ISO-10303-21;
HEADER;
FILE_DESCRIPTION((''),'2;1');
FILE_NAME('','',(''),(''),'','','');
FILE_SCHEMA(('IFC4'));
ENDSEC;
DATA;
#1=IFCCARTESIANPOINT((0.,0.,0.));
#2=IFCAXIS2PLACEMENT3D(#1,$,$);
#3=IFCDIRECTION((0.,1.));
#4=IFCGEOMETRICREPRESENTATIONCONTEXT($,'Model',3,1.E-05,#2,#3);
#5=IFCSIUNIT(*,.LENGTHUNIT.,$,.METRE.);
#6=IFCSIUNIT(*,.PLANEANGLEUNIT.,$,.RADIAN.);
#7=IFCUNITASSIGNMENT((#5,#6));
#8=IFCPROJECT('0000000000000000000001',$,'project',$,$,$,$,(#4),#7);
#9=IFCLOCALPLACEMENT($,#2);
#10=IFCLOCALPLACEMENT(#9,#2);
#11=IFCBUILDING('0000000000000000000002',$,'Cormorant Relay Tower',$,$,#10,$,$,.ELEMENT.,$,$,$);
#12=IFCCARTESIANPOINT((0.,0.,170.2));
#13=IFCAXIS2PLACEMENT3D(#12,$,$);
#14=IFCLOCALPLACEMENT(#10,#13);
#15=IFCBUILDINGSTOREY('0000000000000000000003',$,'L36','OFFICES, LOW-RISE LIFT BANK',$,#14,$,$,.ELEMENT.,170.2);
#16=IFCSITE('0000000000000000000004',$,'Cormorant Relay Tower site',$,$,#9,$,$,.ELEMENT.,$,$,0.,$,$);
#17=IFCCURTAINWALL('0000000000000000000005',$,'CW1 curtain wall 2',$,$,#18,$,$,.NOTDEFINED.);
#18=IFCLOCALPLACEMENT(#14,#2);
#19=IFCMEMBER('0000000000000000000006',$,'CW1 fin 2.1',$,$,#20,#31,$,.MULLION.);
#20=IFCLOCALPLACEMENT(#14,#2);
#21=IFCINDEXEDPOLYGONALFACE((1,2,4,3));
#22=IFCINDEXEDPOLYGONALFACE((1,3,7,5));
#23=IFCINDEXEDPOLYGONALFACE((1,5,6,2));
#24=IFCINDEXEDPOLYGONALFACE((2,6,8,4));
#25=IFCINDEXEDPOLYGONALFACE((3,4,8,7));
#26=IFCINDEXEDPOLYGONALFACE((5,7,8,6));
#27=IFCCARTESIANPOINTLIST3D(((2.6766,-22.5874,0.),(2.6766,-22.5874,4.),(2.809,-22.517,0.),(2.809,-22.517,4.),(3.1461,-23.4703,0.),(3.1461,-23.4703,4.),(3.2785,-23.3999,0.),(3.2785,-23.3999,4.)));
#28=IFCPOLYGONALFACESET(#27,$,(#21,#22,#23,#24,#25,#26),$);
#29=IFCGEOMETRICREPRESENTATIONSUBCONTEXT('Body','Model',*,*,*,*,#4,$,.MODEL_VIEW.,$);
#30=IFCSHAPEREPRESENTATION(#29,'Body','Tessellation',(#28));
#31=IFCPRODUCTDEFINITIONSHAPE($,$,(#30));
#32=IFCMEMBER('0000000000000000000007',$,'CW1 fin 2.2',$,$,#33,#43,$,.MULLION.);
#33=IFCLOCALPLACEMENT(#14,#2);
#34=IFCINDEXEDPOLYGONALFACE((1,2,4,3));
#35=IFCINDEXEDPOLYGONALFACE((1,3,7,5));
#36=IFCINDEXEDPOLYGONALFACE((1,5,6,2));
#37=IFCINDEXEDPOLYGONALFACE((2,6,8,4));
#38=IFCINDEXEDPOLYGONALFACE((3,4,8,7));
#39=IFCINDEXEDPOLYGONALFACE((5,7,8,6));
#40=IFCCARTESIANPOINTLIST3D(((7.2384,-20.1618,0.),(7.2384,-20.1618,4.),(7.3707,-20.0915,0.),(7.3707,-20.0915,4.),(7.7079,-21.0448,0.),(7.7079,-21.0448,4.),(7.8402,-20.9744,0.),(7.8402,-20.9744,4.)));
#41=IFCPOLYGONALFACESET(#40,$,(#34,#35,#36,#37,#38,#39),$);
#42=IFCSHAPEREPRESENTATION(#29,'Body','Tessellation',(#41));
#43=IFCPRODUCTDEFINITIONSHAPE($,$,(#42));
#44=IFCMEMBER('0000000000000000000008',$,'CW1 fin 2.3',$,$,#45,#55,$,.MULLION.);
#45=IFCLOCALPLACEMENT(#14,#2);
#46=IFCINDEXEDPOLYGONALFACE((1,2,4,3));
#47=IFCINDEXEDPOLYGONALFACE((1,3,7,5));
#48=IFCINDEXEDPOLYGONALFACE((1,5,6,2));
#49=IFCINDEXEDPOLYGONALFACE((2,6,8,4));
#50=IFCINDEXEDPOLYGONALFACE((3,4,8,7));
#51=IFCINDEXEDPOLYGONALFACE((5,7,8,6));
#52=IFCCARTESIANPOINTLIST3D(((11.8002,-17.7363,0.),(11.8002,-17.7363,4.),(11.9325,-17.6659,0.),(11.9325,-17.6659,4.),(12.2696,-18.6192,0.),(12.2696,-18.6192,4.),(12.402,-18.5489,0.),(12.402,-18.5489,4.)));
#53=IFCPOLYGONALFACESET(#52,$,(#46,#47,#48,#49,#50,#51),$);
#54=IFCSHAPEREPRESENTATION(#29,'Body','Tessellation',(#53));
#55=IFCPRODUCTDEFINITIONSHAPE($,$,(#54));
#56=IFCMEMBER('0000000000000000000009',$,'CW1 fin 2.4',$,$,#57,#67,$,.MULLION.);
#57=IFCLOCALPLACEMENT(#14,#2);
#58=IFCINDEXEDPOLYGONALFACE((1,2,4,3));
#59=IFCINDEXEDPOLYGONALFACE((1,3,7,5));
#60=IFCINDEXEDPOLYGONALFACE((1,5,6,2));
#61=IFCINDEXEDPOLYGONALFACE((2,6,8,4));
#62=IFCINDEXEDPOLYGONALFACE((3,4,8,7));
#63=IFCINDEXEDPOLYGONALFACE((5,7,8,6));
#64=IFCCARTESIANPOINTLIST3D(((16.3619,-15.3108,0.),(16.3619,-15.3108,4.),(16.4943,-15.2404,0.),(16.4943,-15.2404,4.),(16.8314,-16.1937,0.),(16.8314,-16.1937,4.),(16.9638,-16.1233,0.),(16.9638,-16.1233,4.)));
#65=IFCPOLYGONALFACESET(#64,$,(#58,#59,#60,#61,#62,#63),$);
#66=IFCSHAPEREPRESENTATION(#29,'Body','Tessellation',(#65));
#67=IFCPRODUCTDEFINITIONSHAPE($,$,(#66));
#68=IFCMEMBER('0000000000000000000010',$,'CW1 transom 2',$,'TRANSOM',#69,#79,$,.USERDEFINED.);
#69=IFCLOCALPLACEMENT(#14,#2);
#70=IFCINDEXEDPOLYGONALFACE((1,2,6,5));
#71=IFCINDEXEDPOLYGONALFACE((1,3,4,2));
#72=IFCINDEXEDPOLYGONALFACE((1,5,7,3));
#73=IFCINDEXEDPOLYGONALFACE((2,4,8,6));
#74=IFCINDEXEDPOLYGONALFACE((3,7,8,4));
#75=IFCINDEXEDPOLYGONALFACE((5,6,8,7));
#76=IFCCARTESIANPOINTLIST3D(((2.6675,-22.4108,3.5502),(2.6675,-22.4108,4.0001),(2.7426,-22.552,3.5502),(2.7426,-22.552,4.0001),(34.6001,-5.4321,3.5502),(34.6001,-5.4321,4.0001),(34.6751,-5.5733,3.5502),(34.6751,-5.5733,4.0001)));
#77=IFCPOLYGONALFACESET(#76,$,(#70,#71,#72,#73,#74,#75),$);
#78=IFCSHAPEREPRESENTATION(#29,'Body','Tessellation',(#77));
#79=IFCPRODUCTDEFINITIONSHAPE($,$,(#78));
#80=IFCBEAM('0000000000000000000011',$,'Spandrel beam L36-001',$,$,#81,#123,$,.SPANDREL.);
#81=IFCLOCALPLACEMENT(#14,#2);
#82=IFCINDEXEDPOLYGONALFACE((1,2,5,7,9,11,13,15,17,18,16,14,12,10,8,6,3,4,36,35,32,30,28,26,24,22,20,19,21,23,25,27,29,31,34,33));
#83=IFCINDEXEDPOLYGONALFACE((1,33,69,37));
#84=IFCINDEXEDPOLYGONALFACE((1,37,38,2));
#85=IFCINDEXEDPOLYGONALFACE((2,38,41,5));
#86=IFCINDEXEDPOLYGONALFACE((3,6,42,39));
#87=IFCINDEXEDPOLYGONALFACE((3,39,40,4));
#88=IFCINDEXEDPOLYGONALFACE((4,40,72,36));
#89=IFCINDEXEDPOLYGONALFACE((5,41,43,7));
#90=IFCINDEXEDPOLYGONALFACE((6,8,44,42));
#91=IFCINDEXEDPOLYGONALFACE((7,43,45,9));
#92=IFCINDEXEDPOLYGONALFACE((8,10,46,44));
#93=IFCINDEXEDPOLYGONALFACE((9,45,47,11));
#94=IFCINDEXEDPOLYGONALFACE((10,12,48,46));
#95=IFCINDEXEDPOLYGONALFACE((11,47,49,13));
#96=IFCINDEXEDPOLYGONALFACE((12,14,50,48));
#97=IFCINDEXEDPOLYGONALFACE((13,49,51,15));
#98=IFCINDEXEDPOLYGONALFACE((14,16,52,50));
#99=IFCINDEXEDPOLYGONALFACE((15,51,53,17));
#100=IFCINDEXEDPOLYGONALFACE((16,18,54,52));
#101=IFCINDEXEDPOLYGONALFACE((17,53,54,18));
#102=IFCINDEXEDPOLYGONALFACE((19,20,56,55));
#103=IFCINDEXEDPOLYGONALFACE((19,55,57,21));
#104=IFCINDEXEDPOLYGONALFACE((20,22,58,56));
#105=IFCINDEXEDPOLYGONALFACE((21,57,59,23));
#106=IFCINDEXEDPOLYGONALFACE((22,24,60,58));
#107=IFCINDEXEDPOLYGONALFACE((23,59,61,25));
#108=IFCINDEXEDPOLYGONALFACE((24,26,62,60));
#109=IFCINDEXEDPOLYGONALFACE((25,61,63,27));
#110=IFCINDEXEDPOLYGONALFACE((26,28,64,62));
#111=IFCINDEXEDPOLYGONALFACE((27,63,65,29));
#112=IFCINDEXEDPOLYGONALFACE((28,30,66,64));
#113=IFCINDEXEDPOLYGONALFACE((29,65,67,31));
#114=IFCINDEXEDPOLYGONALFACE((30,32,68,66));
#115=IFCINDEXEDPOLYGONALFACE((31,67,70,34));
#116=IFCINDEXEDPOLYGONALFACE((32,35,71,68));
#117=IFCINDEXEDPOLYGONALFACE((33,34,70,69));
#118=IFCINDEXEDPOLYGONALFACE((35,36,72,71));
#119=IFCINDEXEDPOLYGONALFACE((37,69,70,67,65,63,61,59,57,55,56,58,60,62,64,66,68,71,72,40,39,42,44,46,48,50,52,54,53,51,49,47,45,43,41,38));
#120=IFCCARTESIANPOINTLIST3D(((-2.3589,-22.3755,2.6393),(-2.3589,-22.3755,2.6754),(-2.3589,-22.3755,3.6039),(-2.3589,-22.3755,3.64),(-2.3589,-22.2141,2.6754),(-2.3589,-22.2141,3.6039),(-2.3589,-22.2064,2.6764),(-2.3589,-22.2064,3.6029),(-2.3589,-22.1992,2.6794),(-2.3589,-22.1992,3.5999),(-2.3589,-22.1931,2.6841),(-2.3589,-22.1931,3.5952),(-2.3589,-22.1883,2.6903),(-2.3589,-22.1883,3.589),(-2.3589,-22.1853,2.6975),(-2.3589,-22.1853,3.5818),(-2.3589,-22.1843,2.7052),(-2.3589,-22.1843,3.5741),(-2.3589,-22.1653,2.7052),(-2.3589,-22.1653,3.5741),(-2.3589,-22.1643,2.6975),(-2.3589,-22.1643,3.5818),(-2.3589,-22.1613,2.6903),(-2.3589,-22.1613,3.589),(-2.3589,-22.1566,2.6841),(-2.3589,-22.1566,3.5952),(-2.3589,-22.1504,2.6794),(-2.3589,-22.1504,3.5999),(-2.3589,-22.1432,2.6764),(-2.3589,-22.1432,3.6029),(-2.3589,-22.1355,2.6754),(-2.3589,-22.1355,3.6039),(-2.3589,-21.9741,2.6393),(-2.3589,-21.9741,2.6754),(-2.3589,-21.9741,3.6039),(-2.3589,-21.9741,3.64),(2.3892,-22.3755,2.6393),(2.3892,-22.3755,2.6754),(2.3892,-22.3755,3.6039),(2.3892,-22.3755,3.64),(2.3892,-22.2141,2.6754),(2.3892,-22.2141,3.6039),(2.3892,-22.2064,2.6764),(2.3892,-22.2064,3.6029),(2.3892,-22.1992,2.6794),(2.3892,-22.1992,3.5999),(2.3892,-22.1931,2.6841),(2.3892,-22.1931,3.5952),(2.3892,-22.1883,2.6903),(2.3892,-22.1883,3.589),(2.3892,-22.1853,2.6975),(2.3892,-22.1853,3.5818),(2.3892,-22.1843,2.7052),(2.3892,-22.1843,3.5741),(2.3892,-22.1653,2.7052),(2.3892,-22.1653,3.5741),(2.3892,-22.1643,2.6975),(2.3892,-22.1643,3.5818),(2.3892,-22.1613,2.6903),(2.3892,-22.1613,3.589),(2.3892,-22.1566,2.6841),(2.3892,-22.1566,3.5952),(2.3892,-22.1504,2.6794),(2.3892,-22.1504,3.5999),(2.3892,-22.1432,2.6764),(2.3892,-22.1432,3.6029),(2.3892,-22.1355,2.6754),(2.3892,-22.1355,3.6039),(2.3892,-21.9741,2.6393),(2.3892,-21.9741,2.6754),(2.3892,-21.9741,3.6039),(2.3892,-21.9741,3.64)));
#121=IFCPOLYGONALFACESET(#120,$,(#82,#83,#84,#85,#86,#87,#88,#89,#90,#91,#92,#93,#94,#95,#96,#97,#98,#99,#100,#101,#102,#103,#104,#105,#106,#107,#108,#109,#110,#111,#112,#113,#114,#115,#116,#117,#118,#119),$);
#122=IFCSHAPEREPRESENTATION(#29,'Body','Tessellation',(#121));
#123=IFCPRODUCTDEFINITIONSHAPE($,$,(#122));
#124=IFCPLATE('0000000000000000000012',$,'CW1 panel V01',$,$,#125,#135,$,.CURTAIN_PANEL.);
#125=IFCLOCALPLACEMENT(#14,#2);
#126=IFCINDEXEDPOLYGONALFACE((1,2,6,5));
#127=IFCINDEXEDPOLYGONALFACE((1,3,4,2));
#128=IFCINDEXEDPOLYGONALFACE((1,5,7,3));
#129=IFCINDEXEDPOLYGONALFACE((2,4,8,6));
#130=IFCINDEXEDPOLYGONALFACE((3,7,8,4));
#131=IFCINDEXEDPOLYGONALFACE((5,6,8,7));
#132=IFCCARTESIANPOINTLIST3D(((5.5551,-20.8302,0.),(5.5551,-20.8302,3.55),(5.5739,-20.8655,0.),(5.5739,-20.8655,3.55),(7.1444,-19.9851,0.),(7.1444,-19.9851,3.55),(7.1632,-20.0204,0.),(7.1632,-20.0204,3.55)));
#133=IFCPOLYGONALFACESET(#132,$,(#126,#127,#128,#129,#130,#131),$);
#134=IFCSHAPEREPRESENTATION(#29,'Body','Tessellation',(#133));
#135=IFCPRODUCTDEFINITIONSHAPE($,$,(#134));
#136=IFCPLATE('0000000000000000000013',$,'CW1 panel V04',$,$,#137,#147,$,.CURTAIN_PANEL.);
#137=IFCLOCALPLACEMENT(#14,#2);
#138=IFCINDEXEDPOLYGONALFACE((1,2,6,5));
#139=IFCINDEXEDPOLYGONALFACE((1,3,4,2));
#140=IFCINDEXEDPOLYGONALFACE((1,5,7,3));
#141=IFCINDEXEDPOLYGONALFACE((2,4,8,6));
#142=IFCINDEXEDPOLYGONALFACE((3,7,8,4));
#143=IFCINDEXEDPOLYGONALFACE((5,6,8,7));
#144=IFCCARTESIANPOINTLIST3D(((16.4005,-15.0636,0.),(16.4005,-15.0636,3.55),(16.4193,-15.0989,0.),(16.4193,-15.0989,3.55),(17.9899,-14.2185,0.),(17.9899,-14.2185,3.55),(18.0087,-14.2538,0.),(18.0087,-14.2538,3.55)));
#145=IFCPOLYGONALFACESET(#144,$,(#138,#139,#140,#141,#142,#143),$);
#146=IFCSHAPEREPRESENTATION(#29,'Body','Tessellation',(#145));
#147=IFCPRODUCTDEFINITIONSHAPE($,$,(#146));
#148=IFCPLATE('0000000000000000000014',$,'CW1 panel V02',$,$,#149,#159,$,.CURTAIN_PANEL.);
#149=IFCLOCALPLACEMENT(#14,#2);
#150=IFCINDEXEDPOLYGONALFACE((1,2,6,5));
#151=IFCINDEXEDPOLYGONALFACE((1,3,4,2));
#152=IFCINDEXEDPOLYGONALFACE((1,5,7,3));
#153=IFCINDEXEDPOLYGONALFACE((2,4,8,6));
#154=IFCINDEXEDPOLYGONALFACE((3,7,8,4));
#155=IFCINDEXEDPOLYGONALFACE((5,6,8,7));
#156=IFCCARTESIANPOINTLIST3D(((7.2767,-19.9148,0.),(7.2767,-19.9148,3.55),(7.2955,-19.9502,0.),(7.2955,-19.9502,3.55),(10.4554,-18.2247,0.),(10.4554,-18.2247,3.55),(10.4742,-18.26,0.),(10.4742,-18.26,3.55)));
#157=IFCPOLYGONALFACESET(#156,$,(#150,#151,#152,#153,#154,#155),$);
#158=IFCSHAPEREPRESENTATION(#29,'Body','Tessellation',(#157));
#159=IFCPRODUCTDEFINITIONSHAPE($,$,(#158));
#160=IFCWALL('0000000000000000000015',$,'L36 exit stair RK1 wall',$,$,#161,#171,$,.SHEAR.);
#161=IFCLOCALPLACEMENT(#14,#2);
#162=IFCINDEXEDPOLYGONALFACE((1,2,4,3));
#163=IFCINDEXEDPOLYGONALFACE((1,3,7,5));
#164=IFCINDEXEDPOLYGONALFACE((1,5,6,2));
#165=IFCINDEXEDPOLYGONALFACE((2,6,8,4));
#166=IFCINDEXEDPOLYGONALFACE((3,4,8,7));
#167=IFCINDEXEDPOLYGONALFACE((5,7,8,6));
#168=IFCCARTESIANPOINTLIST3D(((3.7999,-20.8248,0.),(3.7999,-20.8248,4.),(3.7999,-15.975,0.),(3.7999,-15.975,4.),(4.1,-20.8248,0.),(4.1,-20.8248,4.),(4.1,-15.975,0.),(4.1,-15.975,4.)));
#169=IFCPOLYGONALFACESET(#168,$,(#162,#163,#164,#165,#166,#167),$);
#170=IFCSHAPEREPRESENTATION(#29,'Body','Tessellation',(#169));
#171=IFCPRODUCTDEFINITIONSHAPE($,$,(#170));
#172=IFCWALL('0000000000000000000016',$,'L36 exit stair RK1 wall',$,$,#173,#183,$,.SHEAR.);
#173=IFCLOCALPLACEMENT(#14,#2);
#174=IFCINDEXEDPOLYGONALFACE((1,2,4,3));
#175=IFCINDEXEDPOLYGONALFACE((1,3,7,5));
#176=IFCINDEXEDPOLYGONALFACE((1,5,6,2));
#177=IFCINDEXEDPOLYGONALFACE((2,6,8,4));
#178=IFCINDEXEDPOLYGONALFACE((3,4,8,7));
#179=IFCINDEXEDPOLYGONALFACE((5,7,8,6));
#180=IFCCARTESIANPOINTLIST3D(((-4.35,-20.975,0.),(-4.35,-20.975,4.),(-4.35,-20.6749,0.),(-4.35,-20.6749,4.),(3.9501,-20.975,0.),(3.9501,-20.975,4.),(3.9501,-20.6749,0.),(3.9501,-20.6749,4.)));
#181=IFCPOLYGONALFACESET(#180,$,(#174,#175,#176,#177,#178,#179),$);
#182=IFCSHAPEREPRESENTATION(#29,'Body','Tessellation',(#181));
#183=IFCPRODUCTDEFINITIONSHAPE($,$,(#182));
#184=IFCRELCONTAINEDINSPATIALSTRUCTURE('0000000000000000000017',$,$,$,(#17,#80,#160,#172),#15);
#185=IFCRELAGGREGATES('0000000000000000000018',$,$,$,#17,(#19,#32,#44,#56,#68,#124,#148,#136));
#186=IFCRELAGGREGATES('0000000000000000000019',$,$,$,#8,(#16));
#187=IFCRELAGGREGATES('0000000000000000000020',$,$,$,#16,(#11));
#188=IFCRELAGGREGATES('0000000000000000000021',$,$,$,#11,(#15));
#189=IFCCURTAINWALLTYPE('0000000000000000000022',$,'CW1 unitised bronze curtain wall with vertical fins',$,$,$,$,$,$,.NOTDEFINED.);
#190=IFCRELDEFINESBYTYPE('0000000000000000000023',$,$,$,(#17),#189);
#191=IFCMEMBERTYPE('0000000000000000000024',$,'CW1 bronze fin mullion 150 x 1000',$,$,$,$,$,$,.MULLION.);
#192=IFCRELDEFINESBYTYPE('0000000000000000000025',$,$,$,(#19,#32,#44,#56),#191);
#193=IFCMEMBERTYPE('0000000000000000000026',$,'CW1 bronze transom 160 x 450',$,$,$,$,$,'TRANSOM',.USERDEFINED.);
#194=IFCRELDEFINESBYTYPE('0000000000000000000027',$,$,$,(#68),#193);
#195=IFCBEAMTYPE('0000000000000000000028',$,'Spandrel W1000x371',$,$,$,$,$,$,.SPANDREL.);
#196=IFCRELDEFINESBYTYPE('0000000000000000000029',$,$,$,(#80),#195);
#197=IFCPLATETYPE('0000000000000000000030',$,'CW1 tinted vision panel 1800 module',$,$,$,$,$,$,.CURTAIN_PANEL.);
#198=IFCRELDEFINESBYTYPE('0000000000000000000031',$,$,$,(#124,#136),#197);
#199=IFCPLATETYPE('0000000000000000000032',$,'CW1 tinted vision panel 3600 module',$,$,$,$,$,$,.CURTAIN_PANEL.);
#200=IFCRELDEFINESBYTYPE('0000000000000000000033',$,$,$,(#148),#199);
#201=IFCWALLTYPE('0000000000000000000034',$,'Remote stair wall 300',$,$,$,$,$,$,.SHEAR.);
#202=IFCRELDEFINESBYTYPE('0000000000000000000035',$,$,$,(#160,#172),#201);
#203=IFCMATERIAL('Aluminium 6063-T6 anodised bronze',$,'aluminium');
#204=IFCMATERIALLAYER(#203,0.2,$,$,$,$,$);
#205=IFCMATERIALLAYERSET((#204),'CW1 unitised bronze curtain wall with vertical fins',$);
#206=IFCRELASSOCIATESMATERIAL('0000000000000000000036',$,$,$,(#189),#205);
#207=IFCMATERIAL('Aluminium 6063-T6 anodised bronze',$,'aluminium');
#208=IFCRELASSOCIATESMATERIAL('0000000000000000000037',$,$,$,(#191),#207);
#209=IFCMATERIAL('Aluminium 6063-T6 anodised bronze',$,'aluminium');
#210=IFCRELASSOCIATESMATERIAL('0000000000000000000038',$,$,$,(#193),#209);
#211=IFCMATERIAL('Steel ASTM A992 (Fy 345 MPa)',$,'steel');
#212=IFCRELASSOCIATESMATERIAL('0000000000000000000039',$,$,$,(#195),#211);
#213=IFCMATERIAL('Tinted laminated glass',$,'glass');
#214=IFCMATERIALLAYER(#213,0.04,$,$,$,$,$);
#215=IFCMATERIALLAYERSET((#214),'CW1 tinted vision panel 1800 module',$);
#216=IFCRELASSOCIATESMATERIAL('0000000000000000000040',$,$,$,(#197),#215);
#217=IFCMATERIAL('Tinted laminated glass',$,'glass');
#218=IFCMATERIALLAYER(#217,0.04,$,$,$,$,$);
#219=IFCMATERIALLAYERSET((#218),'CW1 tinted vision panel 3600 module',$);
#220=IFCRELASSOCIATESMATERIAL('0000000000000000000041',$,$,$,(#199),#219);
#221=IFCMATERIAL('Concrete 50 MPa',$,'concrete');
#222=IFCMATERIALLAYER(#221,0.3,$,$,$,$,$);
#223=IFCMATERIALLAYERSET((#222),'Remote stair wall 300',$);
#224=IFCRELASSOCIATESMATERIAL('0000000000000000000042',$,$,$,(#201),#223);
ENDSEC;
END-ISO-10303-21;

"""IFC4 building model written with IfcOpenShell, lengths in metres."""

from ifc_helpers import new_model, si_unit, direction, frame, frame_2d, origin, origin_2d, place, context, subcontext, project, spatial, rectangle, i_section, extrude, material, layer, layer_set, material_profile, profile_set, type_object, element, aggregate, save


model = new_model("IFC4")

# Units and contexts
model_context = context("Model", 3, precision=1e-05, world=origin(), true_north=direction((0.0, 1.0)))
body_context = subcontext(model_context, "Body", "Model", "MODEL_VIEW")
ifc_project = project(units=[si_unit("LENGTHUNIT", "METRE"), si_unit("PLANEANGLEUNIT", "RADIAN")], contexts=[model_context])

# Site, building, storey
site_placement = place(None, origin())
site = spatial("IfcSite", under=ifc_project, at=site_placement, Name="Cormorant Relay Tower site", CompositionType="ELEMENT", RefElevation=0.0)
building_placement = place(site_placement, origin())
building = spatial("IfcBuilding", under=site, at=building_placement, Name="Cormorant Relay Tower", CompositionType="ELEMENT")
storey_placement = place(building_placement, frame((0.0, 0.0, 170.2)))
storey = spatial("IfcBuildingStorey", under=building, at=storey_placement, Name="L36", Description="OFFICES, LOW-RISE LIFT BANK", CompositionType="ELEMENT", Elevation=170.2)

# Curtain wall, members
ifc_material_1 = material(Name="Aluminium 6063-T6 anodised bronze", Category="aluminium")
ifc_layer_1 = layer(ifc_material_1, 0.2)
ifc_layer_set_1 = layer_set([ifc_layer_1], Name="CW1 unitised bronze curtain wall with vertical fins")
curtain_wall_type = type_object("IfcCurtainWallType", Name="CW1 unitised bronze curtain wall with vertical fins", PredefinedType="NOTDEFINED", material=ifc_layer_set_1)
curtain_wall_1_placement = place(storey_placement, origin())
curtain_wall_1 = element("IfcCurtainWall", 1, at=curtain_wall_1_placement, inside=storey, type_object=curtain_wall_type, Name="CW1 curtain wall 2", PredefinedType="NOTDEFINED")
ifc_material_2 = material(Name="Aluminium 6063-T6 anodised bronze", Category="aluminium")
ifc_material_profile_1 = material_profile(ifc_material_2, rectangle(XDim=0.1499, YDim=1.0, at=origin_2d()), Name="AL 150x1000")
ifc_profile_set_1 = profile_set([ifc_material_profile_1], Name="Aluminium 6063-T6 anodised bronze")
member_type_1 = type_object("IfcMemberType", Name="CW1 bronze fin mullion 150 x 1000", PredefinedType="MULLION", material=ifc_profile_set_1)
member_1_placement = place(storey_placement, frame((2.9775, -22.9937, 0.0), z_axis=(0.0, 0.0, 1.0), x_axis=(0.882948, 0.469472, 0.0)))
member_1 = element("IfcMember", 2, at=member_1_placement, type_object=member_type_1, Name="CW1 fin 2.1", PredefinedType="MULLION", context=body_context, shape_type="SweptSolid", body=[
    extrude(rectangle(XDim=0.1499, YDim=1.0, at=origin_2d()), origin(), (0.0, 0.0, 1.0), 4.0),
])
member_2_placement = place(storey_placement, frame((7.5393, -20.5681, 0.0), z_axis=(0.0, 0.0, 1.0), x_axis=(0.882948, 0.469472, 0.0)))
member_2 = element("IfcMember", 3, at=member_2_placement, type_object=member_type_1, Name="CW1 fin 2.2", PredefinedType="MULLION", context=body_context, shape_type="SweptSolid", body=[
    extrude(rectangle(XDim=0.1499, YDim=1.0, at=origin_2d()), origin(), (0.0, 0.0, 1.0), 4.0),
])
member_3_placement = place(storey_placement, frame((12.1011, -18.1426, 0.0), z_axis=(0.0, 0.0, 1.0), x_axis=(0.882948, 0.469472, 0.0)))
member_3 = element("IfcMember", 4, at=member_3_placement, type_object=member_type_1, Name="CW1 fin 2.3", PredefinedType="MULLION", context=body_context, shape_type="SweptSolid", body=[
    extrude(rectangle(XDim=0.1499, YDim=1.0, at=origin_2d()), origin(), (0.0, 0.0, 1.0), 4.0),
])
member_4_placement = place(storey_placement, frame((16.6628, -15.717, 0.0), z_axis=(0.0, 0.0, 1.0), x_axis=(0.882948, 0.469472, 0.0)))
member_4 = element("IfcMember", 5, at=member_4_placement, type_object=member_type_1, Name="CW1 fin 2.4", PredefinedType="MULLION", context=body_context, shape_type="SweptSolid", body=[
    extrude(rectangle(XDim=0.1499, YDim=1.0, at=origin_2d()), origin(), (0.0, 0.0, 1.0), 4.0),
])
ifc_material_3 = material(Name="Aluminium 6063-T6 anodised bronze", Category="aluminium")
ifc_material_profile_2 = material_profile(ifc_material_3, rectangle(XDim=0.1599, YDim=0.45, at=origin_2d()), Name="AL 160x450")
ifc_profile_set_2 = profile_set([ifc_material_profile_2], Name="Aluminium 6063-T6 anodised bronze")
member_type_2 = type_object("IfcMemberType", Name="CW1 bronze transom 160 x 450", ElementType="TRANSOM", PredefinedType="USERDEFINED", material=ifc_profile_set_2)
member_5_placement = place(storey_placement, frame((2.7051, -22.4814, 3.7751), z_axis=(0.882949, 0.469469, 0.0), x_axis=(-0.469469, 0.882949, 0.0)))
member_5 = element("IfcMember", 6, at=member_5_placement, type_object=member_type_2, Name="CW1 transom 2", ObjectType="TRANSOM", PredefinedType="USERDEFINED", context=body_context, shape_type="SweptSolid", body=[
    extrude(rectangle(XDim=0.1599, YDim=0.45, at=origin_2d()), origin(), (0.0, 0.0, 1.0), 36.1658),
])

# Beam
ifc_material_4 = material(Name="Steel ASTM A992 (Fy 345 MPa)", Category="steel")
ifc_material_profile_3 = material_profile(ifc_material_4, i_section(OverallWidth=0.4014, OverallDepth=1.0007, WebThickness=0.019, FlangeThickness=0.0361, FilletRadius=0.0298, at=origin_2d()), Name="W1000x371")
ifc_profile_set_3 = profile_set([ifc_material_profile_3], Name="Steel ASTM A992 (Fy 345 MPa)")
beam_type = type_object("IfcBeamType", Name="Spandrel W1000x371", PredefinedType="SPANDREL", material=ifc_profile_set_3)
beam_placement = place(storey_placement, frame((-2.3589, -22.1748, 3.1396), z_axis=(1.0, 0.0, 0.0), x_axis=(0.0, 1.0, 0.0)))
element("IfcBeam", 7, at=beam_placement, inside=storey, type_object=beam_type, Name="Spandrel beam L36-001", PredefinedType="SPANDREL", context=body_context, shape_type="SweptSolid", body=[
    extrude(i_section(OverallWidth=0.4014, OverallDepth=1.0007, WebThickness=0.019, FlangeThickness=0.0361, FilletRadius=0.0298, at=origin_2d()), origin(), (0.0, 0.0, 1.0), 4.748),
])

# Plates
ifc_material_5 = material(Name="Tinted laminated glass", Category="glass")
ifc_layer_2 = layer(ifc_material_5, 0.04)
ifc_layer_set_2 = layer_set([ifc_layer_2], Name="CW1 tinted vision panel 1800 module")
plate_type_1 = type_object("IfcPlateType", Name="CW1 tinted vision panel 1800 module", PredefinedType="CURTAIN_PANEL", material=ifc_layer_set_2)
plate_1_placement = place(storey_placement, frame((6.3591, -20.4253, 0.0), z_axis=(0.0, 0.0, 1.0), x_axis=(0.882948, 0.469472, 0.0)))
plate_1 = element("IfcPlate", 8, at=plate_1_placement, type_object=plate_type_1, Name="CW1 panel V01", PredefinedType="CURTAIN_PANEL", context=body_context, shape_type="SweptSolid", body=[
    extrude(rectangle(XDim=1.8, YDim=0.04, at=origin_2d()), origin(), (0.0, 0.0, 1.0), 3.55),
])
plate_2_placement = place(storey_placement, frame((17.2046, -14.6587, 0.0), z_axis=(0.0, 0.0, 1.0), x_axis=(0.882948, 0.469472, 0.0)))
plate_2 = element("IfcPlate", 9, at=plate_2_placement, type_object=plate_type_1, Name="CW1 panel V04", PredefinedType="CURTAIN_PANEL", context=body_context, shape_type="SweptSolid", body=[
    extrude(rectangle(XDim=1.8, YDim=0.04, at=origin_2d()), origin(), (0.0, 0.0, 1.0), 3.55),
])
ifc_material_6 = material(Name="Tinted laminated glass", Category="glass")
ifc_layer_3 = layer(ifc_material_6, 0.04)
ifc_layer_set_3 = layer_set([ifc_layer_3], Name="CW1 tinted vision panel 3600 module")
plate_type_2 = type_object("IfcPlateType", Name="CW1 tinted vision panel 3600 module", PredefinedType="CURTAIN_PANEL", material=ifc_layer_set_3)
plate_3_placement = place(storey_placement, frame((8.8755, -19.0874, 0.0), z_axis=(0.0, 0.0, 1.0), x_axis=(0.882948, 0.469472, 0.0)))
plate_3 = element("IfcPlate", 10, at=plate_3_placement, type_object=plate_type_2, Name="CW1 panel V02", PredefinedType="CURTAIN_PANEL", context=body_context, shape_type="SweptSolid", body=[
    extrude(rectangle(XDim=3.6001, YDim=0.04, at=origin_2d()), origin(), (0.0, 0.0, 1.0), 3.55),
])

# Walls
ifc_material_7 = material(Name="Concrete 50 MPa", Category="concrete")
ifc_layer_4 = layer(ifc_material_7, 0.3)
ifc_layer_set_4 = layer_set([ifc_layer_4], Name="Remote stair wall 300")
wall_type_1 = type_object("IfcWallType", Name="Remote stair wall 300", PredefinedType="SHEAR", material=ifc_layer_set_4)
wall_1_placement = place(storey_placement, frame((3.95, -15.9751, 0.0), z_axis=(0.0, 0.0, 1.0), x_axis=(0.0, -1.0, 0.0)))
element("IfcWall", 11, at=wall_1_placement, inside=storey, type_object=wall_type_1, Name="L36 exit stair RK1 wall", PredefinedType="SHEAR", context=body_context, shape_type="SweptSolid", body=[
    extrude(rectangle(XDim=4.8499, YDim=0.3, at=frame_2d((2.4248, 0.0))), origin(), (0.0, 0.0, 1.0), 4.0),
])
wall_2_placement = place(storey_placement, frame((3.95, -20.825, 0.0), z_axis=(0.0, 0.0, 1.0), x_axis=(-1.0, 0.0, 0.0)))
element("IfcWall", 12, at=wall_2_placement, inside=storey, type_object=wall_type_1, Name="L36 exit stair RK1 wall", PredefinedType="SHEAR", context=body_context, shape_type="SweptSolid", body=[
    extrude(rectangle(XDim=8.3, YDim=0.3, at=frame_2d((4.1499, 0.0))), origin(), (0.0, 0.0, 1.0), 4.0),
])

aggregate(curtain_wall_1, [member_1, member_2, member_3, member_4, member_5, plate_1, plate_3, plate_2])

save(model, "model.ifc")
